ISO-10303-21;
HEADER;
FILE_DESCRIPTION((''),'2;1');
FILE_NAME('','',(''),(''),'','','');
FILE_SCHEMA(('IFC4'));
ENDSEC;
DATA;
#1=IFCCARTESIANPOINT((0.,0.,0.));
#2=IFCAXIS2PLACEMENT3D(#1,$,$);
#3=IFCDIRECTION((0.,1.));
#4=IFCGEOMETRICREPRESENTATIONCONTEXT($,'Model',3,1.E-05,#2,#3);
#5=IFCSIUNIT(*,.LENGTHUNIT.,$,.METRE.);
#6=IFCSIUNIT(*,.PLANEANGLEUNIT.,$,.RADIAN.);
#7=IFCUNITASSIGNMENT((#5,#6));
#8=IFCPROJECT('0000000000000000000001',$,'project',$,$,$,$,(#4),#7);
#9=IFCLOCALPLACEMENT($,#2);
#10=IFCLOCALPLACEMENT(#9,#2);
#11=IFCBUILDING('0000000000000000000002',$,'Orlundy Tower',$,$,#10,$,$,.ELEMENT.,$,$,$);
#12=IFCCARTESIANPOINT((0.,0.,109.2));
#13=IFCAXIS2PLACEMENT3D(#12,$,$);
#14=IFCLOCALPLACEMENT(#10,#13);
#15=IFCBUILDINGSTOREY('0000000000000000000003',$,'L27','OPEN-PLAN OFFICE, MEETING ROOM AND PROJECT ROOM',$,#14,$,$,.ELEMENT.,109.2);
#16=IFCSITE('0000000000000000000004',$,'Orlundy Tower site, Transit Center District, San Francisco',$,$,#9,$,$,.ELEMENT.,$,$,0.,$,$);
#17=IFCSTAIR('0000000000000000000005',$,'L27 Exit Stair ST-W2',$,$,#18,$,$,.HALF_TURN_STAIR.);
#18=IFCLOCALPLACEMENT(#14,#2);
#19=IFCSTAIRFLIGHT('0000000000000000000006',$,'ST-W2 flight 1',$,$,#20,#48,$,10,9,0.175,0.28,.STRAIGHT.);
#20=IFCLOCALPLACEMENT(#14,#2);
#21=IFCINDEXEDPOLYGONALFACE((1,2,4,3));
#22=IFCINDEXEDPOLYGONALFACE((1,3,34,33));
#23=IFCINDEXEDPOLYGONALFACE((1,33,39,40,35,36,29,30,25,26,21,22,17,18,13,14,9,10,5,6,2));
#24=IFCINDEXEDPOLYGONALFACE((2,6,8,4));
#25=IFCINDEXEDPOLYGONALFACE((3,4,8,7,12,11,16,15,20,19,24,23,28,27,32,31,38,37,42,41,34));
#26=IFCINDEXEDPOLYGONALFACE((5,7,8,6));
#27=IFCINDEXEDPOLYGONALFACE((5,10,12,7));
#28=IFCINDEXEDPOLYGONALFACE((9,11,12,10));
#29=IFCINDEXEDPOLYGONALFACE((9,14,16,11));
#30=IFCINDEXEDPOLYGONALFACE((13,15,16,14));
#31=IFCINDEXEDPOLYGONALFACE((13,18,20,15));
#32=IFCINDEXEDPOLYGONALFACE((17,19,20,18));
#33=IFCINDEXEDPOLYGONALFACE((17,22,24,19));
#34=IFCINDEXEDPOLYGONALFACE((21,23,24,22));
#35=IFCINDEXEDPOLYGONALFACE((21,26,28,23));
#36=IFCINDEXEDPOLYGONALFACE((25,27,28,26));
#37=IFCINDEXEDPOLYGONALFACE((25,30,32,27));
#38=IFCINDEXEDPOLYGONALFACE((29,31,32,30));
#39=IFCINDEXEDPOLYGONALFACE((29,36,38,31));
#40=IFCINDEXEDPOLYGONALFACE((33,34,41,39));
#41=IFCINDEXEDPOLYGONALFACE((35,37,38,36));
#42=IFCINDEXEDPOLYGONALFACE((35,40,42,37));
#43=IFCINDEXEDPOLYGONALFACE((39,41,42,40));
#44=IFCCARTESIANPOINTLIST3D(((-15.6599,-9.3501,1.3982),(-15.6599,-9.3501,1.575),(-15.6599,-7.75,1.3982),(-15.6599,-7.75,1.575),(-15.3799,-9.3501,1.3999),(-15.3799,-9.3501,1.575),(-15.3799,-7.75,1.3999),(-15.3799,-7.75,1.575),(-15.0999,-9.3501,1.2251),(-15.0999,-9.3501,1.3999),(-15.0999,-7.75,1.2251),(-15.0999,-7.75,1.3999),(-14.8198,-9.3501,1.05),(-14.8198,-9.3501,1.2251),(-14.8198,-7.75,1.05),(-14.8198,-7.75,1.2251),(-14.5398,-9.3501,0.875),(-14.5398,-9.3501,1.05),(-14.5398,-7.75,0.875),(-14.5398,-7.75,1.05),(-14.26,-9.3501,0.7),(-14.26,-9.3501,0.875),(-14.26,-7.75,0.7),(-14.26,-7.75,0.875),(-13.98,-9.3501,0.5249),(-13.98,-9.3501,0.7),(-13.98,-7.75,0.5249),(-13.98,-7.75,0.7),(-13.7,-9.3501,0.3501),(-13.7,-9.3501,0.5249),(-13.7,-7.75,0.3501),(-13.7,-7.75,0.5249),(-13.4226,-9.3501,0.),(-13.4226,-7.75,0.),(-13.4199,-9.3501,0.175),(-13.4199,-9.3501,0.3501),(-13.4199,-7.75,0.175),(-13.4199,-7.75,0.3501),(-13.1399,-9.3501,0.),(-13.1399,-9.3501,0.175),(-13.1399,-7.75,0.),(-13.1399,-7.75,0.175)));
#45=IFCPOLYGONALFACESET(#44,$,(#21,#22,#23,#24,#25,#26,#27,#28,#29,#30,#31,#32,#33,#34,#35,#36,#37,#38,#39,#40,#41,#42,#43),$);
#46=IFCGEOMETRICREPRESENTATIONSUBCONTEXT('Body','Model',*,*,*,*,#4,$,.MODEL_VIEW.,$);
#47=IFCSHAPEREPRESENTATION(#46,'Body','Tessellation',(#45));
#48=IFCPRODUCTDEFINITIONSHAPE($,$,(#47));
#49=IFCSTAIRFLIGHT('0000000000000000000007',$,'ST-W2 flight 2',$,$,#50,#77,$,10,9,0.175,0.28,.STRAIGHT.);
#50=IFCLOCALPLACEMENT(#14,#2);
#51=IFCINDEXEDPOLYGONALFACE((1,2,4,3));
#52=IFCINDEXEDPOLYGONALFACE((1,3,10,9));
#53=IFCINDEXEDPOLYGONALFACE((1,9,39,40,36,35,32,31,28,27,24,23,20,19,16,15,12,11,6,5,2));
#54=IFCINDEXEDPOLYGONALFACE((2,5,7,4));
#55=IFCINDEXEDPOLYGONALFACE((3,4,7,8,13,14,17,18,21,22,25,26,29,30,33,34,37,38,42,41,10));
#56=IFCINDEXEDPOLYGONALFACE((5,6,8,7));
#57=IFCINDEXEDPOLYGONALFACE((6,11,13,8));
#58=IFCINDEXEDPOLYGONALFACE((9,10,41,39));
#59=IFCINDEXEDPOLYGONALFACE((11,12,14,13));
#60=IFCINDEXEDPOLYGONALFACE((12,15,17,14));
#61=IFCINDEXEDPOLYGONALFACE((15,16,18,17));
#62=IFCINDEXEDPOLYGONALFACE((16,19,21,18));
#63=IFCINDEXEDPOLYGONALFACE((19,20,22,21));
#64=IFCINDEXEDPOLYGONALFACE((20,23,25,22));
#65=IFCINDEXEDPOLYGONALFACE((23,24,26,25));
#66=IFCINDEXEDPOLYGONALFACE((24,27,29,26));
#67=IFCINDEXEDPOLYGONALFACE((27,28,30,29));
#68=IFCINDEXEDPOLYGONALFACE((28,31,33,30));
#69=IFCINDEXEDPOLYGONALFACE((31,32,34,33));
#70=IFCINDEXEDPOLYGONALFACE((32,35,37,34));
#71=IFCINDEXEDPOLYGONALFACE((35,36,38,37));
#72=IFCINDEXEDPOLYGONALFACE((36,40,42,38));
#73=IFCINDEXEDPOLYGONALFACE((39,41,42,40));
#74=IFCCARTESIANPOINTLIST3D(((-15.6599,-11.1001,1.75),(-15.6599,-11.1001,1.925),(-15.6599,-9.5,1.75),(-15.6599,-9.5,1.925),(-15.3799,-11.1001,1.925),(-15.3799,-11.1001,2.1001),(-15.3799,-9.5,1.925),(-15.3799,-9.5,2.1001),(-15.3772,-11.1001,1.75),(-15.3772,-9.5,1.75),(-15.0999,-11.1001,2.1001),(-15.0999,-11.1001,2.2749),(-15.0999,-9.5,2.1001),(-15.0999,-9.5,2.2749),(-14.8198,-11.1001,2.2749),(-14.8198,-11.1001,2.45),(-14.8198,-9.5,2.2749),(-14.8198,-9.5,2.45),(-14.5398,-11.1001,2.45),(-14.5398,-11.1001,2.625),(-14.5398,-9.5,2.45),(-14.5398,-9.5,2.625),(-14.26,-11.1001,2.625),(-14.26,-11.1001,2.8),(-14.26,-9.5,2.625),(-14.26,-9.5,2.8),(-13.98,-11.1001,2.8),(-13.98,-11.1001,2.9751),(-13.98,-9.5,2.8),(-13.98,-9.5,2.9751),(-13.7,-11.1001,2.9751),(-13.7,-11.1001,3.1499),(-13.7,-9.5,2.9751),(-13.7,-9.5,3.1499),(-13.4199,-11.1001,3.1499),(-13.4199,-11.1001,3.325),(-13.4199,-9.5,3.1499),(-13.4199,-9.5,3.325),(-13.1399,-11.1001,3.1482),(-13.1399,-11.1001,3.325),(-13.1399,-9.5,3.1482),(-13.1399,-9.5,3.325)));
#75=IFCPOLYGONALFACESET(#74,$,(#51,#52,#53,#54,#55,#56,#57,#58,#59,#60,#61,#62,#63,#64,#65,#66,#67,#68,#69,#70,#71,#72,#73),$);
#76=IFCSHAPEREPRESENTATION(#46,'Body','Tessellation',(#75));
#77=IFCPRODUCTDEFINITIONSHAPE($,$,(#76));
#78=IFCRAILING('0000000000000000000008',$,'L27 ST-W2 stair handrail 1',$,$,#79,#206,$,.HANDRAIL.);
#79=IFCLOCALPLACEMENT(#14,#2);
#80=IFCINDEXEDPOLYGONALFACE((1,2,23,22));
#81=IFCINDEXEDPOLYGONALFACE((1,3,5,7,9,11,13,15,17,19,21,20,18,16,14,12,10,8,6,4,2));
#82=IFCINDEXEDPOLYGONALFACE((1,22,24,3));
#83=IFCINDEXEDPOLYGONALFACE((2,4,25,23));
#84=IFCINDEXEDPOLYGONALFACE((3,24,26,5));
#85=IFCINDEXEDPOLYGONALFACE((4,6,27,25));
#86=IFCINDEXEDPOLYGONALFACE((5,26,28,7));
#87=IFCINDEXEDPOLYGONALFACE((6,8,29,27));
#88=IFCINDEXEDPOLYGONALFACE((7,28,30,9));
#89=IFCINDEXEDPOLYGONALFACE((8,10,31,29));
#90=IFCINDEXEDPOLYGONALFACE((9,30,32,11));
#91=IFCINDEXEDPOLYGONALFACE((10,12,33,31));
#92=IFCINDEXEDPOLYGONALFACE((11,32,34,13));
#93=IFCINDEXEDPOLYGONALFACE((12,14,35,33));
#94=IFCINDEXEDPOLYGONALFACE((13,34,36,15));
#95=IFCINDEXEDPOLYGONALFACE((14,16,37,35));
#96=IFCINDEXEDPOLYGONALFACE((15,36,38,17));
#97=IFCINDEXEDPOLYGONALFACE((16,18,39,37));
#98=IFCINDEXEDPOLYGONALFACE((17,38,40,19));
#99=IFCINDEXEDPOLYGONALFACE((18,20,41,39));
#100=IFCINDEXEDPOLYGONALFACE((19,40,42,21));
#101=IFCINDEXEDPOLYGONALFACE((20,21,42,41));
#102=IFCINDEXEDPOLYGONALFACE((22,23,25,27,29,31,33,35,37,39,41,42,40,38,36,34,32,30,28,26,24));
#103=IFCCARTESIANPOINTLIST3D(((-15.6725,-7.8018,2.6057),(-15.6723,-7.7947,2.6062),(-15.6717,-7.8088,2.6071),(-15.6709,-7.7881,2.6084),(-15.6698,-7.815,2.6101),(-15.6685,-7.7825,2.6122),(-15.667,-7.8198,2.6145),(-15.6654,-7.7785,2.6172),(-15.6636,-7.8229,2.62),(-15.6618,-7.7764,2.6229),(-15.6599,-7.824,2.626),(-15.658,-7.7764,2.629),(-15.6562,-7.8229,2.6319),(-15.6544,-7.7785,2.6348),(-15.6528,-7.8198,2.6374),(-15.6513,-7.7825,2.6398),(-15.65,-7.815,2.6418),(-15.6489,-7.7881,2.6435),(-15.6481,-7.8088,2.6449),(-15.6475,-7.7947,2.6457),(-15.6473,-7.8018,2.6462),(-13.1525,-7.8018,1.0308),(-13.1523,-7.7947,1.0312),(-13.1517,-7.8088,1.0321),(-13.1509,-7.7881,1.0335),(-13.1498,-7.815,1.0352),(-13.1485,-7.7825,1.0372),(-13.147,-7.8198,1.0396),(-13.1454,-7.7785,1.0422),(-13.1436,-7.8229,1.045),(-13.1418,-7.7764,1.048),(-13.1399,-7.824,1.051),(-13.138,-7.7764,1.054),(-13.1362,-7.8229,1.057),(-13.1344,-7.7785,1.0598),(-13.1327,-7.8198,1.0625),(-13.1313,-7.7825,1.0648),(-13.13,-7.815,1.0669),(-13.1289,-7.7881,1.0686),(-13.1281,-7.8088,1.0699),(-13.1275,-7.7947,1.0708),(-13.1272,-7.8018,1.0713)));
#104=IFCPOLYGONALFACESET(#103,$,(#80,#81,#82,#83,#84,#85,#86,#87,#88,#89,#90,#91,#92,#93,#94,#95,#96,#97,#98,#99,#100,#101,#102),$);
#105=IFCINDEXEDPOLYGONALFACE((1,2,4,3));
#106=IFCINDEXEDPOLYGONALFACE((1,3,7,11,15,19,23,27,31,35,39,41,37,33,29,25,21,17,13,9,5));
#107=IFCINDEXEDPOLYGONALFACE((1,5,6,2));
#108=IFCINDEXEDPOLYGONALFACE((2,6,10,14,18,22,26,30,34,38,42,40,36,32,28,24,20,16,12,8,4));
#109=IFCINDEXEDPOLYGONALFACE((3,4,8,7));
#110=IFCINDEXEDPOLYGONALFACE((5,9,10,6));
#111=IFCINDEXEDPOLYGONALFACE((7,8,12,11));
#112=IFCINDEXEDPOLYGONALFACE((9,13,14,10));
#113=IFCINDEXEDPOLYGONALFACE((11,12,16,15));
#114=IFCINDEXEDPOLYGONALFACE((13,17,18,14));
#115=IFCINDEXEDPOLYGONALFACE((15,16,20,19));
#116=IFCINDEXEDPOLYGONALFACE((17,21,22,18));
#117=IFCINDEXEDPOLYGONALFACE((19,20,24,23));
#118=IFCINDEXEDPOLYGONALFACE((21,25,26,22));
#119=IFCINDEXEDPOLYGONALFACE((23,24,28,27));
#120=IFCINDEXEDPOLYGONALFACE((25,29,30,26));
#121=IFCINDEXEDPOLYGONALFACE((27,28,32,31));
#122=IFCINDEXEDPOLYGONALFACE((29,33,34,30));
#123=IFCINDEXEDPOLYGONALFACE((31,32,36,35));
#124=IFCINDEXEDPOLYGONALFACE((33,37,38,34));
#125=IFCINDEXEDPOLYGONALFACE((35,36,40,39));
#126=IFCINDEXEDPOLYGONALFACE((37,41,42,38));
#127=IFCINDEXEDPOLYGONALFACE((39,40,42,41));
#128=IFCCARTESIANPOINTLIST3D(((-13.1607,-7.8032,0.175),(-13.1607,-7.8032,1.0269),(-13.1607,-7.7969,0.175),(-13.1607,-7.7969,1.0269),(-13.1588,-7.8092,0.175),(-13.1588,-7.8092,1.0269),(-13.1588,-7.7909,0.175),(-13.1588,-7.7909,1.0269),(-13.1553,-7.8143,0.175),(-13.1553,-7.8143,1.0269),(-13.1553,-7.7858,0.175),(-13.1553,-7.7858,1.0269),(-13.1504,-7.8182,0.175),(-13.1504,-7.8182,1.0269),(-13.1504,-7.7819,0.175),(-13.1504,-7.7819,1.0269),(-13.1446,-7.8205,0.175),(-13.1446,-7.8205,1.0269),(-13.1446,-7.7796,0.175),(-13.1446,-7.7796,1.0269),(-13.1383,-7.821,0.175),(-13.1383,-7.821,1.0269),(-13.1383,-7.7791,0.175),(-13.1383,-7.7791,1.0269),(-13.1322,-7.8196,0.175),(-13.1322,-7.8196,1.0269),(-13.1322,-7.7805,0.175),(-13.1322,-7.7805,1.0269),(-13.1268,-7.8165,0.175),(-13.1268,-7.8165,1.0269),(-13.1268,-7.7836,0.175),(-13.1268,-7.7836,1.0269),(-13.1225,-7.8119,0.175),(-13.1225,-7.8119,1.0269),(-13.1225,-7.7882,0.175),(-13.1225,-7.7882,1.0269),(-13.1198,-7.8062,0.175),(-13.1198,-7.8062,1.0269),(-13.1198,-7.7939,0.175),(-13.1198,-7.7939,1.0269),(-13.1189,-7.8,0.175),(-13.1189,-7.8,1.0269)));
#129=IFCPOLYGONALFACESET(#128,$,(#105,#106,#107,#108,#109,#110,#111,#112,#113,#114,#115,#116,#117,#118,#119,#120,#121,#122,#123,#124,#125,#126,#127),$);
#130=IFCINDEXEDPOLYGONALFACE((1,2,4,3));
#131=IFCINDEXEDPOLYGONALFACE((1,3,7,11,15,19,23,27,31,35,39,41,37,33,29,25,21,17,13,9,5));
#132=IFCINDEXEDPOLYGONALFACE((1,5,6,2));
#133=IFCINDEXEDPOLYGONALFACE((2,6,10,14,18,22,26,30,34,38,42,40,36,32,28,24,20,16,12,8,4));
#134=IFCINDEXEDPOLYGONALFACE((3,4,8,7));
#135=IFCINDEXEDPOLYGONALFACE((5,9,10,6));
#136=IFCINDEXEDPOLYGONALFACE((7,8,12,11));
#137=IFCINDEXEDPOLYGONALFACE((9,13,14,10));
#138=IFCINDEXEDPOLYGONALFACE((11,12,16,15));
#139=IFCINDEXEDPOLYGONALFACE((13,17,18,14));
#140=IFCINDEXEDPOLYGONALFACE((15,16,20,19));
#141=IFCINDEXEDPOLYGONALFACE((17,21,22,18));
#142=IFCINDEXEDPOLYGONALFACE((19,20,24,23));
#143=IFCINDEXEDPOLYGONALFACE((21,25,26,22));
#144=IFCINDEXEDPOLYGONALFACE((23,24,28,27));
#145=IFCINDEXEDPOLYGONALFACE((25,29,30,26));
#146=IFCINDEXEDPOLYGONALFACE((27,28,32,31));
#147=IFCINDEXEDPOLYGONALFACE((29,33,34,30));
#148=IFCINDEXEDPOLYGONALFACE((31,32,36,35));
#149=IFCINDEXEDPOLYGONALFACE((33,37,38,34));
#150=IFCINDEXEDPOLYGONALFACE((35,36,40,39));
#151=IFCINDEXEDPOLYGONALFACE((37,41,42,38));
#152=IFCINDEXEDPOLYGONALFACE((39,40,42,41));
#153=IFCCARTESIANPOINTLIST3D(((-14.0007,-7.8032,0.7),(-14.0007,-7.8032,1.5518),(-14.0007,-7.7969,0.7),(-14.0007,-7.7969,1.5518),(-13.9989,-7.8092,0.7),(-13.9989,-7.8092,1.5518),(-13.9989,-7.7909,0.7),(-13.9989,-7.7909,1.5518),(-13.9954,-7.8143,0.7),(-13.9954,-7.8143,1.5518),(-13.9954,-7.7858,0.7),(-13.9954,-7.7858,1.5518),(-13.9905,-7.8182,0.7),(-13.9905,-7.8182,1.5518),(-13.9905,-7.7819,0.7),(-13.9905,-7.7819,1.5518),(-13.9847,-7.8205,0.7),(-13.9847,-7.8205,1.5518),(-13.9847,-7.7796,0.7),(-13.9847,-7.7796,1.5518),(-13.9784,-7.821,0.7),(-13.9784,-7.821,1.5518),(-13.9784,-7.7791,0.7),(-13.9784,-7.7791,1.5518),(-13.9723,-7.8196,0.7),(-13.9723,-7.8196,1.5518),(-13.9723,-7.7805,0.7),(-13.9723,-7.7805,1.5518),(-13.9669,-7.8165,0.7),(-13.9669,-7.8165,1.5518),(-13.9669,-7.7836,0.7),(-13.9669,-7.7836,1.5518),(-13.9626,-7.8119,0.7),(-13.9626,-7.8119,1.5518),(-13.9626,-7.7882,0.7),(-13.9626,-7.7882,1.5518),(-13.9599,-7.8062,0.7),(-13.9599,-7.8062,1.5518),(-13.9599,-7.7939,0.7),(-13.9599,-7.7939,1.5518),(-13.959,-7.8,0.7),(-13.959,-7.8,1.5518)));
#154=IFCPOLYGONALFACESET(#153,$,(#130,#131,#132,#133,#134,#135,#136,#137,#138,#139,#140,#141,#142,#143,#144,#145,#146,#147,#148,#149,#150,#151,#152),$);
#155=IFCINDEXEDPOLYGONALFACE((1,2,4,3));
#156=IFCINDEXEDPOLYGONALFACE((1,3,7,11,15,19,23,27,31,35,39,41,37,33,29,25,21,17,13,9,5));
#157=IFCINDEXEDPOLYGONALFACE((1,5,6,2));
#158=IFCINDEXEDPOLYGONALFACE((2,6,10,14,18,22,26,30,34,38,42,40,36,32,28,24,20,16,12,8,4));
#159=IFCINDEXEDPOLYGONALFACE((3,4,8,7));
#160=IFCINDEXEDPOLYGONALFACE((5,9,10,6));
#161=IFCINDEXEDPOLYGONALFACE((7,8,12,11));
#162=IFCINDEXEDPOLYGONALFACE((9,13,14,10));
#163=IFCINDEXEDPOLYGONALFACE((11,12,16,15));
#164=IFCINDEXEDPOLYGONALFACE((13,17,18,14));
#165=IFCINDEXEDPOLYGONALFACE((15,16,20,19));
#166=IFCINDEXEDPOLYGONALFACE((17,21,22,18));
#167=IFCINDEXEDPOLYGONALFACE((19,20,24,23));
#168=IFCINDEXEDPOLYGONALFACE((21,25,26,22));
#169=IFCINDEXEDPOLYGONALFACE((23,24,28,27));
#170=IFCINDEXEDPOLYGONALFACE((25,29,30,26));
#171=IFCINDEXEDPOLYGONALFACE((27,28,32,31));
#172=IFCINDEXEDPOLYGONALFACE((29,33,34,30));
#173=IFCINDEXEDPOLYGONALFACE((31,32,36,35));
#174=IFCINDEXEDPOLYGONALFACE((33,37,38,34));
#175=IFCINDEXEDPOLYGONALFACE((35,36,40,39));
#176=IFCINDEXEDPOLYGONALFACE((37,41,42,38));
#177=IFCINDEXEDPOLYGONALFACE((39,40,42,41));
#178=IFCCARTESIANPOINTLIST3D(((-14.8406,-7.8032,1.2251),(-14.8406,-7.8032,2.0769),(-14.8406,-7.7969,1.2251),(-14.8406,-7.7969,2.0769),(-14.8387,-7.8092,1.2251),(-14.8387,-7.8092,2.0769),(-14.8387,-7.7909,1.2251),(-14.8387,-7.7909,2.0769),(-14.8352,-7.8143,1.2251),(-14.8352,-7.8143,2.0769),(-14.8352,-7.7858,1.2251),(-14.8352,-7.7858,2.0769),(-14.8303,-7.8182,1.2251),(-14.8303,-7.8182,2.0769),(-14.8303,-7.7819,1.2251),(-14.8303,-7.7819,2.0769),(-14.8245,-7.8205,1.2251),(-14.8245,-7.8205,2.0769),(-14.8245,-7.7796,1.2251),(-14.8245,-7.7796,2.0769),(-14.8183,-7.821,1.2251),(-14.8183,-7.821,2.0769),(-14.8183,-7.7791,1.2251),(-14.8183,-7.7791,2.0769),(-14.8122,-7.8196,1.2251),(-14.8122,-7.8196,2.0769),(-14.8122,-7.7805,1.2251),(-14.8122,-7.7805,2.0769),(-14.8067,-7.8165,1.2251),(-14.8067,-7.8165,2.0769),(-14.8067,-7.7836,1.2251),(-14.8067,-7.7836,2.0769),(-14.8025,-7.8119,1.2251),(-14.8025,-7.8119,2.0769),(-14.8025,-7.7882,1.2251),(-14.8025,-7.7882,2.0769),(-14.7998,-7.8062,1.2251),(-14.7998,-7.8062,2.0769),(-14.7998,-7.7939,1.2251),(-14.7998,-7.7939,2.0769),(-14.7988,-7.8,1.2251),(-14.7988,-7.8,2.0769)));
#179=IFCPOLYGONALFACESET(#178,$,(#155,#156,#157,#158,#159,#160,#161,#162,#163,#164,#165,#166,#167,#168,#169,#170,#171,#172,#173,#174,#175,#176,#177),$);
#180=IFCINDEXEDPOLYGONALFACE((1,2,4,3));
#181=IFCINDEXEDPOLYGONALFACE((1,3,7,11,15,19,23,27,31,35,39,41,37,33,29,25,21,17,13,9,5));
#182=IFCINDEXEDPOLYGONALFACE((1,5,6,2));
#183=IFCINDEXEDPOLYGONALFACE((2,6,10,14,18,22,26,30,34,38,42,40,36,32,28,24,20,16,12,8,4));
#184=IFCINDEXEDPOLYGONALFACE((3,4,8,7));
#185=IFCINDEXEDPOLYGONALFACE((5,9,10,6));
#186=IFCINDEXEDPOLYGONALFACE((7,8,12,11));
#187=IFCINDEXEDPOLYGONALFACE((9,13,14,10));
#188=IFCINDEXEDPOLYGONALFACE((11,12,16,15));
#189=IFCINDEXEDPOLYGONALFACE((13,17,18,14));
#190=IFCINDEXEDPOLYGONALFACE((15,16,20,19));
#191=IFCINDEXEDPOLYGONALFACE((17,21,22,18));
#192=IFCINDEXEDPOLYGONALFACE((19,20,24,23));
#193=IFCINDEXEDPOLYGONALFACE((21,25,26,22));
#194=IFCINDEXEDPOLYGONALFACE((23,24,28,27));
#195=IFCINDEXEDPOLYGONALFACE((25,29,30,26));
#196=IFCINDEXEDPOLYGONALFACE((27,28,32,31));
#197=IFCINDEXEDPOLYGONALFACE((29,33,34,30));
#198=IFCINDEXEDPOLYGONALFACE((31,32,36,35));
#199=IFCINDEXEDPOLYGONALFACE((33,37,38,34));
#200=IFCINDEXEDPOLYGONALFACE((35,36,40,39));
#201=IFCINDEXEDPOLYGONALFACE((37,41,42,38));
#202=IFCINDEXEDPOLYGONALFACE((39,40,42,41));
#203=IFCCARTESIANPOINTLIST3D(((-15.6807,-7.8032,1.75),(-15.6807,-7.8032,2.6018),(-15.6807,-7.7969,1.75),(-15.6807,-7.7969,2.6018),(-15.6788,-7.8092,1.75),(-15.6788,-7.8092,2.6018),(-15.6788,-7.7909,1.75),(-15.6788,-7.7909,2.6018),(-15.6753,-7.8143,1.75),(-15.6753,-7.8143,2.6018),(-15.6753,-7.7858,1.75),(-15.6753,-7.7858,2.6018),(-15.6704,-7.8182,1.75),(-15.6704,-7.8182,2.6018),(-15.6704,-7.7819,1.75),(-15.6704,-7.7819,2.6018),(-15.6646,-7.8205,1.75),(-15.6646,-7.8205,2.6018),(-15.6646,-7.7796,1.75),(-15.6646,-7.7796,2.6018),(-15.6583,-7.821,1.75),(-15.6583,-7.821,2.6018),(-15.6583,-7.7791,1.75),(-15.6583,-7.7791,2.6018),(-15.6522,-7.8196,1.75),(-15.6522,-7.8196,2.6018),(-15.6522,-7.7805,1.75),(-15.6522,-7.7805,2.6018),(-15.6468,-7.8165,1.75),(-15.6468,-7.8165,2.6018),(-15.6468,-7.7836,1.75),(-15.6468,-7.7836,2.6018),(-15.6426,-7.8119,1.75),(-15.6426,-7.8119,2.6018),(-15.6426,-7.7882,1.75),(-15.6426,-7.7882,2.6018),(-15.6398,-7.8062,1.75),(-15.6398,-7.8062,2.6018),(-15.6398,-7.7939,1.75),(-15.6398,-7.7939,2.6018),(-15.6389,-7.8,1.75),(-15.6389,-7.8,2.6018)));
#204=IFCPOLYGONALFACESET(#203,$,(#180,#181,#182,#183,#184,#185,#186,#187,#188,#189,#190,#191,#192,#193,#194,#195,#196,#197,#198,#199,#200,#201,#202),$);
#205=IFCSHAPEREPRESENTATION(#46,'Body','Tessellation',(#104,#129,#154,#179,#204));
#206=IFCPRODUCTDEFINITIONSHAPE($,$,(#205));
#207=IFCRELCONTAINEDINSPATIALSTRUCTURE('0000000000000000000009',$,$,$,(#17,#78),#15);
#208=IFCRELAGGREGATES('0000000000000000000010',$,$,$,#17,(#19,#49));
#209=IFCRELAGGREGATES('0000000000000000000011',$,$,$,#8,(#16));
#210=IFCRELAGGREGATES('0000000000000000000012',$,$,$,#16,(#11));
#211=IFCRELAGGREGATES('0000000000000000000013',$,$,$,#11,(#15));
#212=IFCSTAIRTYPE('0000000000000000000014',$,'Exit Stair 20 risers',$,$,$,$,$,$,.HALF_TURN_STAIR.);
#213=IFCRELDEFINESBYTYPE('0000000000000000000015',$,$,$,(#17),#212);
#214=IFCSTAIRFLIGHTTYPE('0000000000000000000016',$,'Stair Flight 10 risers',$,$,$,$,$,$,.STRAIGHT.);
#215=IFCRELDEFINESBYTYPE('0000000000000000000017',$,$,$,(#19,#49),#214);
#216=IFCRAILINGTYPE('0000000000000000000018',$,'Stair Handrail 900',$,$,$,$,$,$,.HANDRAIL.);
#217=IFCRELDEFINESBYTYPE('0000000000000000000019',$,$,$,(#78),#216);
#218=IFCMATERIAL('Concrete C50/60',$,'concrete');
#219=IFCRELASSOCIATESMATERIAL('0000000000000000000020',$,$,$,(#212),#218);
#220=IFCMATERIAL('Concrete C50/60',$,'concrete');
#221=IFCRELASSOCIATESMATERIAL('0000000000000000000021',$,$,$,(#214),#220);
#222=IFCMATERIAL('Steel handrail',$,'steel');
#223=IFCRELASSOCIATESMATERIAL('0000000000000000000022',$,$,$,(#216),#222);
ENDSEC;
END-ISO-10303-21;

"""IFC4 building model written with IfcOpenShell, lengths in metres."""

from ifc_helpers import new_model, si_unit, direction, frame, origin, origin_2d, place, context, subcontext, project, spatial, polyline, circle, outline, extrude, material, type_object, element, aggregate, save


model = new_model("IFC4")

# Units and contexts
model_context = context("Model", 3, precision=1e-05, world=origin(), true_north=direction((0.0, 1.0)))
body_context = subcontext(model_context, "Body", "Model", "MODEL_VIEW")
ifc_project = project(units=[si_unit("LENGTHUNIT", "METRE"), si_unit("PLANEANGLEUNIT", "RADIAN")], contexts=[model_context])

# Site, building, storey
site_placement = place(None, origin())
site = spatial("IfcSite", under=ifc_project, at=site_placement, Name="Orlundy Tower site, Transit Center District, San Francisco", CompositionType="ELEMENT", RefElevation=0.0)
building_placement = place(site_placement, origin())
building = spatial("IfcBuilding", under=site, at=building_placement, Name="Orlundy Tower", CompositionType="ELEMENT")
storey_placement = place(building_placement, frame((0.0, 0.0, 109.2)))
storey = spatial("IfcBuildingStorey", under=building, at=storey_placement, Name="L27", Description="OPEN-PLAN OFFICE, MEETING ROOM AND PROJECT ROOM", CompositionType="ELEMENT", Elevation=109.2)

# Stair, stair flights
ifc_material_1 = material(Name="Concrete C50/60", Category="concrete")
stair_type = type_object("IfcStairType", Name="Exit Stair 20 risers", PredefinedType="HALF_TURN_STAIR", material=ifc_material_1)
stair_placement = place(storey_placement, origin())
stair = element("IfcStair", 1, at=stair_placement, inside=storey, type_object=stair_type, Name="L27 Exit Stair ST-W2", PredefinedType="HALF_TURN_STAIR")
ifc_material_2 = material(Name="Concrete C50/60", Category="concrete")
stair_flight_type = type_object("IfcStairFlightType", Name="Stair Flight 10 risers", PredefinedType="STRAIGHT", material=ifc_material_2)
stair_flight_1_placement = place(storey_placement, frame((-13.1399, -8.55, 0.0), z_axis=(0.0, 0.0, 1.0), x_axis=(-1.0, 0.0, 0.0)))
stair_flight_1 = element("IfcStairFlight", 2, at=stair_flight_1_placement, type_object=stair_flight_type, Name="ST-W2 flight 1", NumberOfRisers=10, NumberOfTreads=9, PredefinedType="STRAIGHT", RiserHeight=0.175, TreadLength=0.28, context=body_context, shape_type="SweptSolid", body=[
    extrude(outline(polyline([(0.0, 0.0), (0.0, 0.175), (0.28, 0.175), (0.28, 0.3501), (0.5601, 0.3501), (0.5601, 0.5249), (0.8401, 0.5249), (0.8401, 0.7), (1.1201, 0.7), (1.1201, 0.875), (1.3999, 0.875), (1.3999, 1.05), (1.6799, 1.05), (1.6799, 1.2251), (1.96, 1.2251), (1.96, 1.3999), (2.24, 1.3999), (2.24, 1.575), (2.52, 1.575), (2.52, 1.75), (2.52, 1.3982), (0.2827, 0.0), (0.0, 0.0)])), frame((0.0, 0.8, 0.0), z_axis=(0.0, -1.0, 0.0), x_axis=(1.0, 0.0, 0.0)), (0.0, 0.0, 1.0), 1.6001),
])
stair_flight_2_placement = place(storey_placement, frame((-15.6599, -10.3, 1.75), z_axis=(0.0, 0.0, 1.0), x_axis=(1.0, 0.0, 0.0)))
stair_flight_2 = element("IfcStairFlight", 3, at=stair_flight_2_placement, type_object=stair_flight_type, Name="ST-W2 flight 2", NumberOfRisers=10, NumberOfTreads=9, PredefinedType="STRAIGHT", RiserHeight=0.175, TreadLength=0.28, context=body_context, shape_type="SweptSolid", body=[
    extrude(outline(polyline([(0.0, 0.0), (0.0, 0.175), (0.28, 0.175), (0.28, 0.3501), (0.5601, 0.3501), (0.5601, 0.5249), (0.8401, 0.5249), (0.8401, 0.7), (1.1201, 0.7), (1.1201, 0.875), (1.3999, 0.875), (1.3999, 1.05), (1.6799, 1.05), (1.6799, 1.2251), (1.96, 1.2251), (1.96, 1.3999), (2.24, 1.3999), (2.24, 1.575), (2.52, 1.575), (2.52, 1.75), (2.52, 1.3982), (0.2827, 0.0), (0.0, 0.0)])), frame((0.0, 0.8, 0.0), z_axis=(0.0, -1.0, 0.0), x_axis=(1.0, 0.0, 0.0)), (0.0, 0.0, 1.0), 1.6001),
])
aggregate(stair, [stair_flight_1, stair_flight_2])

# Railing
ifc_material_3 = material(Name="Steel handrail", Category="steel")
railing_type_1 = type_object("IfcRailingType", Name="Stair Handrail 900", PredefinedType="HANDRAIL", material=ifc_material_3)
railing_1_placement = place(storey_placement, frame((-13.1399, -7.8, 0.175)))
element("IfcRailing", 4, at=railing_1_placement, inside=storey, type_object=railing_type_1, Name="L27 ST-W2 stair handrail 1", PredefinedType="HANDRAIL", context=body_context, shape_type="SweptSolid", body=[
    extrude(circle(Radius=0.0239, at=origin_2d()), frame((0.0, 0.0, 0.876), z_axis=(-0.848008, 0.0, 0.529984), x_axis=(0.0, -1.0, 0.0)), (0.0, 0.0, 1.0), 2.9717),
    extrude(circle(Radius=0.021, at=origin_2d()), origin(), (0.0, 0.0, 1.0), 0.8518),
    extrude(circle(Radius=0.021, at=origin_2d()), frame((-0.8401, 0.0, 0.5249)), (0.0, 0.0, 1.0), 0.8518),
    extrude(circle(Radius=0.021, at=origin_2d()), frame((-1.6799, 0.0, 1.05)), (0.0, 0.0, 1.0), 0.8518),
    extrude(circle(Radius=0.021, at=origin_2d()), frame((-2.52, 0.0, 1.575)), (0.0, 0.0, 1.0), 0.8518),
])

save(model, "model.ifc")
